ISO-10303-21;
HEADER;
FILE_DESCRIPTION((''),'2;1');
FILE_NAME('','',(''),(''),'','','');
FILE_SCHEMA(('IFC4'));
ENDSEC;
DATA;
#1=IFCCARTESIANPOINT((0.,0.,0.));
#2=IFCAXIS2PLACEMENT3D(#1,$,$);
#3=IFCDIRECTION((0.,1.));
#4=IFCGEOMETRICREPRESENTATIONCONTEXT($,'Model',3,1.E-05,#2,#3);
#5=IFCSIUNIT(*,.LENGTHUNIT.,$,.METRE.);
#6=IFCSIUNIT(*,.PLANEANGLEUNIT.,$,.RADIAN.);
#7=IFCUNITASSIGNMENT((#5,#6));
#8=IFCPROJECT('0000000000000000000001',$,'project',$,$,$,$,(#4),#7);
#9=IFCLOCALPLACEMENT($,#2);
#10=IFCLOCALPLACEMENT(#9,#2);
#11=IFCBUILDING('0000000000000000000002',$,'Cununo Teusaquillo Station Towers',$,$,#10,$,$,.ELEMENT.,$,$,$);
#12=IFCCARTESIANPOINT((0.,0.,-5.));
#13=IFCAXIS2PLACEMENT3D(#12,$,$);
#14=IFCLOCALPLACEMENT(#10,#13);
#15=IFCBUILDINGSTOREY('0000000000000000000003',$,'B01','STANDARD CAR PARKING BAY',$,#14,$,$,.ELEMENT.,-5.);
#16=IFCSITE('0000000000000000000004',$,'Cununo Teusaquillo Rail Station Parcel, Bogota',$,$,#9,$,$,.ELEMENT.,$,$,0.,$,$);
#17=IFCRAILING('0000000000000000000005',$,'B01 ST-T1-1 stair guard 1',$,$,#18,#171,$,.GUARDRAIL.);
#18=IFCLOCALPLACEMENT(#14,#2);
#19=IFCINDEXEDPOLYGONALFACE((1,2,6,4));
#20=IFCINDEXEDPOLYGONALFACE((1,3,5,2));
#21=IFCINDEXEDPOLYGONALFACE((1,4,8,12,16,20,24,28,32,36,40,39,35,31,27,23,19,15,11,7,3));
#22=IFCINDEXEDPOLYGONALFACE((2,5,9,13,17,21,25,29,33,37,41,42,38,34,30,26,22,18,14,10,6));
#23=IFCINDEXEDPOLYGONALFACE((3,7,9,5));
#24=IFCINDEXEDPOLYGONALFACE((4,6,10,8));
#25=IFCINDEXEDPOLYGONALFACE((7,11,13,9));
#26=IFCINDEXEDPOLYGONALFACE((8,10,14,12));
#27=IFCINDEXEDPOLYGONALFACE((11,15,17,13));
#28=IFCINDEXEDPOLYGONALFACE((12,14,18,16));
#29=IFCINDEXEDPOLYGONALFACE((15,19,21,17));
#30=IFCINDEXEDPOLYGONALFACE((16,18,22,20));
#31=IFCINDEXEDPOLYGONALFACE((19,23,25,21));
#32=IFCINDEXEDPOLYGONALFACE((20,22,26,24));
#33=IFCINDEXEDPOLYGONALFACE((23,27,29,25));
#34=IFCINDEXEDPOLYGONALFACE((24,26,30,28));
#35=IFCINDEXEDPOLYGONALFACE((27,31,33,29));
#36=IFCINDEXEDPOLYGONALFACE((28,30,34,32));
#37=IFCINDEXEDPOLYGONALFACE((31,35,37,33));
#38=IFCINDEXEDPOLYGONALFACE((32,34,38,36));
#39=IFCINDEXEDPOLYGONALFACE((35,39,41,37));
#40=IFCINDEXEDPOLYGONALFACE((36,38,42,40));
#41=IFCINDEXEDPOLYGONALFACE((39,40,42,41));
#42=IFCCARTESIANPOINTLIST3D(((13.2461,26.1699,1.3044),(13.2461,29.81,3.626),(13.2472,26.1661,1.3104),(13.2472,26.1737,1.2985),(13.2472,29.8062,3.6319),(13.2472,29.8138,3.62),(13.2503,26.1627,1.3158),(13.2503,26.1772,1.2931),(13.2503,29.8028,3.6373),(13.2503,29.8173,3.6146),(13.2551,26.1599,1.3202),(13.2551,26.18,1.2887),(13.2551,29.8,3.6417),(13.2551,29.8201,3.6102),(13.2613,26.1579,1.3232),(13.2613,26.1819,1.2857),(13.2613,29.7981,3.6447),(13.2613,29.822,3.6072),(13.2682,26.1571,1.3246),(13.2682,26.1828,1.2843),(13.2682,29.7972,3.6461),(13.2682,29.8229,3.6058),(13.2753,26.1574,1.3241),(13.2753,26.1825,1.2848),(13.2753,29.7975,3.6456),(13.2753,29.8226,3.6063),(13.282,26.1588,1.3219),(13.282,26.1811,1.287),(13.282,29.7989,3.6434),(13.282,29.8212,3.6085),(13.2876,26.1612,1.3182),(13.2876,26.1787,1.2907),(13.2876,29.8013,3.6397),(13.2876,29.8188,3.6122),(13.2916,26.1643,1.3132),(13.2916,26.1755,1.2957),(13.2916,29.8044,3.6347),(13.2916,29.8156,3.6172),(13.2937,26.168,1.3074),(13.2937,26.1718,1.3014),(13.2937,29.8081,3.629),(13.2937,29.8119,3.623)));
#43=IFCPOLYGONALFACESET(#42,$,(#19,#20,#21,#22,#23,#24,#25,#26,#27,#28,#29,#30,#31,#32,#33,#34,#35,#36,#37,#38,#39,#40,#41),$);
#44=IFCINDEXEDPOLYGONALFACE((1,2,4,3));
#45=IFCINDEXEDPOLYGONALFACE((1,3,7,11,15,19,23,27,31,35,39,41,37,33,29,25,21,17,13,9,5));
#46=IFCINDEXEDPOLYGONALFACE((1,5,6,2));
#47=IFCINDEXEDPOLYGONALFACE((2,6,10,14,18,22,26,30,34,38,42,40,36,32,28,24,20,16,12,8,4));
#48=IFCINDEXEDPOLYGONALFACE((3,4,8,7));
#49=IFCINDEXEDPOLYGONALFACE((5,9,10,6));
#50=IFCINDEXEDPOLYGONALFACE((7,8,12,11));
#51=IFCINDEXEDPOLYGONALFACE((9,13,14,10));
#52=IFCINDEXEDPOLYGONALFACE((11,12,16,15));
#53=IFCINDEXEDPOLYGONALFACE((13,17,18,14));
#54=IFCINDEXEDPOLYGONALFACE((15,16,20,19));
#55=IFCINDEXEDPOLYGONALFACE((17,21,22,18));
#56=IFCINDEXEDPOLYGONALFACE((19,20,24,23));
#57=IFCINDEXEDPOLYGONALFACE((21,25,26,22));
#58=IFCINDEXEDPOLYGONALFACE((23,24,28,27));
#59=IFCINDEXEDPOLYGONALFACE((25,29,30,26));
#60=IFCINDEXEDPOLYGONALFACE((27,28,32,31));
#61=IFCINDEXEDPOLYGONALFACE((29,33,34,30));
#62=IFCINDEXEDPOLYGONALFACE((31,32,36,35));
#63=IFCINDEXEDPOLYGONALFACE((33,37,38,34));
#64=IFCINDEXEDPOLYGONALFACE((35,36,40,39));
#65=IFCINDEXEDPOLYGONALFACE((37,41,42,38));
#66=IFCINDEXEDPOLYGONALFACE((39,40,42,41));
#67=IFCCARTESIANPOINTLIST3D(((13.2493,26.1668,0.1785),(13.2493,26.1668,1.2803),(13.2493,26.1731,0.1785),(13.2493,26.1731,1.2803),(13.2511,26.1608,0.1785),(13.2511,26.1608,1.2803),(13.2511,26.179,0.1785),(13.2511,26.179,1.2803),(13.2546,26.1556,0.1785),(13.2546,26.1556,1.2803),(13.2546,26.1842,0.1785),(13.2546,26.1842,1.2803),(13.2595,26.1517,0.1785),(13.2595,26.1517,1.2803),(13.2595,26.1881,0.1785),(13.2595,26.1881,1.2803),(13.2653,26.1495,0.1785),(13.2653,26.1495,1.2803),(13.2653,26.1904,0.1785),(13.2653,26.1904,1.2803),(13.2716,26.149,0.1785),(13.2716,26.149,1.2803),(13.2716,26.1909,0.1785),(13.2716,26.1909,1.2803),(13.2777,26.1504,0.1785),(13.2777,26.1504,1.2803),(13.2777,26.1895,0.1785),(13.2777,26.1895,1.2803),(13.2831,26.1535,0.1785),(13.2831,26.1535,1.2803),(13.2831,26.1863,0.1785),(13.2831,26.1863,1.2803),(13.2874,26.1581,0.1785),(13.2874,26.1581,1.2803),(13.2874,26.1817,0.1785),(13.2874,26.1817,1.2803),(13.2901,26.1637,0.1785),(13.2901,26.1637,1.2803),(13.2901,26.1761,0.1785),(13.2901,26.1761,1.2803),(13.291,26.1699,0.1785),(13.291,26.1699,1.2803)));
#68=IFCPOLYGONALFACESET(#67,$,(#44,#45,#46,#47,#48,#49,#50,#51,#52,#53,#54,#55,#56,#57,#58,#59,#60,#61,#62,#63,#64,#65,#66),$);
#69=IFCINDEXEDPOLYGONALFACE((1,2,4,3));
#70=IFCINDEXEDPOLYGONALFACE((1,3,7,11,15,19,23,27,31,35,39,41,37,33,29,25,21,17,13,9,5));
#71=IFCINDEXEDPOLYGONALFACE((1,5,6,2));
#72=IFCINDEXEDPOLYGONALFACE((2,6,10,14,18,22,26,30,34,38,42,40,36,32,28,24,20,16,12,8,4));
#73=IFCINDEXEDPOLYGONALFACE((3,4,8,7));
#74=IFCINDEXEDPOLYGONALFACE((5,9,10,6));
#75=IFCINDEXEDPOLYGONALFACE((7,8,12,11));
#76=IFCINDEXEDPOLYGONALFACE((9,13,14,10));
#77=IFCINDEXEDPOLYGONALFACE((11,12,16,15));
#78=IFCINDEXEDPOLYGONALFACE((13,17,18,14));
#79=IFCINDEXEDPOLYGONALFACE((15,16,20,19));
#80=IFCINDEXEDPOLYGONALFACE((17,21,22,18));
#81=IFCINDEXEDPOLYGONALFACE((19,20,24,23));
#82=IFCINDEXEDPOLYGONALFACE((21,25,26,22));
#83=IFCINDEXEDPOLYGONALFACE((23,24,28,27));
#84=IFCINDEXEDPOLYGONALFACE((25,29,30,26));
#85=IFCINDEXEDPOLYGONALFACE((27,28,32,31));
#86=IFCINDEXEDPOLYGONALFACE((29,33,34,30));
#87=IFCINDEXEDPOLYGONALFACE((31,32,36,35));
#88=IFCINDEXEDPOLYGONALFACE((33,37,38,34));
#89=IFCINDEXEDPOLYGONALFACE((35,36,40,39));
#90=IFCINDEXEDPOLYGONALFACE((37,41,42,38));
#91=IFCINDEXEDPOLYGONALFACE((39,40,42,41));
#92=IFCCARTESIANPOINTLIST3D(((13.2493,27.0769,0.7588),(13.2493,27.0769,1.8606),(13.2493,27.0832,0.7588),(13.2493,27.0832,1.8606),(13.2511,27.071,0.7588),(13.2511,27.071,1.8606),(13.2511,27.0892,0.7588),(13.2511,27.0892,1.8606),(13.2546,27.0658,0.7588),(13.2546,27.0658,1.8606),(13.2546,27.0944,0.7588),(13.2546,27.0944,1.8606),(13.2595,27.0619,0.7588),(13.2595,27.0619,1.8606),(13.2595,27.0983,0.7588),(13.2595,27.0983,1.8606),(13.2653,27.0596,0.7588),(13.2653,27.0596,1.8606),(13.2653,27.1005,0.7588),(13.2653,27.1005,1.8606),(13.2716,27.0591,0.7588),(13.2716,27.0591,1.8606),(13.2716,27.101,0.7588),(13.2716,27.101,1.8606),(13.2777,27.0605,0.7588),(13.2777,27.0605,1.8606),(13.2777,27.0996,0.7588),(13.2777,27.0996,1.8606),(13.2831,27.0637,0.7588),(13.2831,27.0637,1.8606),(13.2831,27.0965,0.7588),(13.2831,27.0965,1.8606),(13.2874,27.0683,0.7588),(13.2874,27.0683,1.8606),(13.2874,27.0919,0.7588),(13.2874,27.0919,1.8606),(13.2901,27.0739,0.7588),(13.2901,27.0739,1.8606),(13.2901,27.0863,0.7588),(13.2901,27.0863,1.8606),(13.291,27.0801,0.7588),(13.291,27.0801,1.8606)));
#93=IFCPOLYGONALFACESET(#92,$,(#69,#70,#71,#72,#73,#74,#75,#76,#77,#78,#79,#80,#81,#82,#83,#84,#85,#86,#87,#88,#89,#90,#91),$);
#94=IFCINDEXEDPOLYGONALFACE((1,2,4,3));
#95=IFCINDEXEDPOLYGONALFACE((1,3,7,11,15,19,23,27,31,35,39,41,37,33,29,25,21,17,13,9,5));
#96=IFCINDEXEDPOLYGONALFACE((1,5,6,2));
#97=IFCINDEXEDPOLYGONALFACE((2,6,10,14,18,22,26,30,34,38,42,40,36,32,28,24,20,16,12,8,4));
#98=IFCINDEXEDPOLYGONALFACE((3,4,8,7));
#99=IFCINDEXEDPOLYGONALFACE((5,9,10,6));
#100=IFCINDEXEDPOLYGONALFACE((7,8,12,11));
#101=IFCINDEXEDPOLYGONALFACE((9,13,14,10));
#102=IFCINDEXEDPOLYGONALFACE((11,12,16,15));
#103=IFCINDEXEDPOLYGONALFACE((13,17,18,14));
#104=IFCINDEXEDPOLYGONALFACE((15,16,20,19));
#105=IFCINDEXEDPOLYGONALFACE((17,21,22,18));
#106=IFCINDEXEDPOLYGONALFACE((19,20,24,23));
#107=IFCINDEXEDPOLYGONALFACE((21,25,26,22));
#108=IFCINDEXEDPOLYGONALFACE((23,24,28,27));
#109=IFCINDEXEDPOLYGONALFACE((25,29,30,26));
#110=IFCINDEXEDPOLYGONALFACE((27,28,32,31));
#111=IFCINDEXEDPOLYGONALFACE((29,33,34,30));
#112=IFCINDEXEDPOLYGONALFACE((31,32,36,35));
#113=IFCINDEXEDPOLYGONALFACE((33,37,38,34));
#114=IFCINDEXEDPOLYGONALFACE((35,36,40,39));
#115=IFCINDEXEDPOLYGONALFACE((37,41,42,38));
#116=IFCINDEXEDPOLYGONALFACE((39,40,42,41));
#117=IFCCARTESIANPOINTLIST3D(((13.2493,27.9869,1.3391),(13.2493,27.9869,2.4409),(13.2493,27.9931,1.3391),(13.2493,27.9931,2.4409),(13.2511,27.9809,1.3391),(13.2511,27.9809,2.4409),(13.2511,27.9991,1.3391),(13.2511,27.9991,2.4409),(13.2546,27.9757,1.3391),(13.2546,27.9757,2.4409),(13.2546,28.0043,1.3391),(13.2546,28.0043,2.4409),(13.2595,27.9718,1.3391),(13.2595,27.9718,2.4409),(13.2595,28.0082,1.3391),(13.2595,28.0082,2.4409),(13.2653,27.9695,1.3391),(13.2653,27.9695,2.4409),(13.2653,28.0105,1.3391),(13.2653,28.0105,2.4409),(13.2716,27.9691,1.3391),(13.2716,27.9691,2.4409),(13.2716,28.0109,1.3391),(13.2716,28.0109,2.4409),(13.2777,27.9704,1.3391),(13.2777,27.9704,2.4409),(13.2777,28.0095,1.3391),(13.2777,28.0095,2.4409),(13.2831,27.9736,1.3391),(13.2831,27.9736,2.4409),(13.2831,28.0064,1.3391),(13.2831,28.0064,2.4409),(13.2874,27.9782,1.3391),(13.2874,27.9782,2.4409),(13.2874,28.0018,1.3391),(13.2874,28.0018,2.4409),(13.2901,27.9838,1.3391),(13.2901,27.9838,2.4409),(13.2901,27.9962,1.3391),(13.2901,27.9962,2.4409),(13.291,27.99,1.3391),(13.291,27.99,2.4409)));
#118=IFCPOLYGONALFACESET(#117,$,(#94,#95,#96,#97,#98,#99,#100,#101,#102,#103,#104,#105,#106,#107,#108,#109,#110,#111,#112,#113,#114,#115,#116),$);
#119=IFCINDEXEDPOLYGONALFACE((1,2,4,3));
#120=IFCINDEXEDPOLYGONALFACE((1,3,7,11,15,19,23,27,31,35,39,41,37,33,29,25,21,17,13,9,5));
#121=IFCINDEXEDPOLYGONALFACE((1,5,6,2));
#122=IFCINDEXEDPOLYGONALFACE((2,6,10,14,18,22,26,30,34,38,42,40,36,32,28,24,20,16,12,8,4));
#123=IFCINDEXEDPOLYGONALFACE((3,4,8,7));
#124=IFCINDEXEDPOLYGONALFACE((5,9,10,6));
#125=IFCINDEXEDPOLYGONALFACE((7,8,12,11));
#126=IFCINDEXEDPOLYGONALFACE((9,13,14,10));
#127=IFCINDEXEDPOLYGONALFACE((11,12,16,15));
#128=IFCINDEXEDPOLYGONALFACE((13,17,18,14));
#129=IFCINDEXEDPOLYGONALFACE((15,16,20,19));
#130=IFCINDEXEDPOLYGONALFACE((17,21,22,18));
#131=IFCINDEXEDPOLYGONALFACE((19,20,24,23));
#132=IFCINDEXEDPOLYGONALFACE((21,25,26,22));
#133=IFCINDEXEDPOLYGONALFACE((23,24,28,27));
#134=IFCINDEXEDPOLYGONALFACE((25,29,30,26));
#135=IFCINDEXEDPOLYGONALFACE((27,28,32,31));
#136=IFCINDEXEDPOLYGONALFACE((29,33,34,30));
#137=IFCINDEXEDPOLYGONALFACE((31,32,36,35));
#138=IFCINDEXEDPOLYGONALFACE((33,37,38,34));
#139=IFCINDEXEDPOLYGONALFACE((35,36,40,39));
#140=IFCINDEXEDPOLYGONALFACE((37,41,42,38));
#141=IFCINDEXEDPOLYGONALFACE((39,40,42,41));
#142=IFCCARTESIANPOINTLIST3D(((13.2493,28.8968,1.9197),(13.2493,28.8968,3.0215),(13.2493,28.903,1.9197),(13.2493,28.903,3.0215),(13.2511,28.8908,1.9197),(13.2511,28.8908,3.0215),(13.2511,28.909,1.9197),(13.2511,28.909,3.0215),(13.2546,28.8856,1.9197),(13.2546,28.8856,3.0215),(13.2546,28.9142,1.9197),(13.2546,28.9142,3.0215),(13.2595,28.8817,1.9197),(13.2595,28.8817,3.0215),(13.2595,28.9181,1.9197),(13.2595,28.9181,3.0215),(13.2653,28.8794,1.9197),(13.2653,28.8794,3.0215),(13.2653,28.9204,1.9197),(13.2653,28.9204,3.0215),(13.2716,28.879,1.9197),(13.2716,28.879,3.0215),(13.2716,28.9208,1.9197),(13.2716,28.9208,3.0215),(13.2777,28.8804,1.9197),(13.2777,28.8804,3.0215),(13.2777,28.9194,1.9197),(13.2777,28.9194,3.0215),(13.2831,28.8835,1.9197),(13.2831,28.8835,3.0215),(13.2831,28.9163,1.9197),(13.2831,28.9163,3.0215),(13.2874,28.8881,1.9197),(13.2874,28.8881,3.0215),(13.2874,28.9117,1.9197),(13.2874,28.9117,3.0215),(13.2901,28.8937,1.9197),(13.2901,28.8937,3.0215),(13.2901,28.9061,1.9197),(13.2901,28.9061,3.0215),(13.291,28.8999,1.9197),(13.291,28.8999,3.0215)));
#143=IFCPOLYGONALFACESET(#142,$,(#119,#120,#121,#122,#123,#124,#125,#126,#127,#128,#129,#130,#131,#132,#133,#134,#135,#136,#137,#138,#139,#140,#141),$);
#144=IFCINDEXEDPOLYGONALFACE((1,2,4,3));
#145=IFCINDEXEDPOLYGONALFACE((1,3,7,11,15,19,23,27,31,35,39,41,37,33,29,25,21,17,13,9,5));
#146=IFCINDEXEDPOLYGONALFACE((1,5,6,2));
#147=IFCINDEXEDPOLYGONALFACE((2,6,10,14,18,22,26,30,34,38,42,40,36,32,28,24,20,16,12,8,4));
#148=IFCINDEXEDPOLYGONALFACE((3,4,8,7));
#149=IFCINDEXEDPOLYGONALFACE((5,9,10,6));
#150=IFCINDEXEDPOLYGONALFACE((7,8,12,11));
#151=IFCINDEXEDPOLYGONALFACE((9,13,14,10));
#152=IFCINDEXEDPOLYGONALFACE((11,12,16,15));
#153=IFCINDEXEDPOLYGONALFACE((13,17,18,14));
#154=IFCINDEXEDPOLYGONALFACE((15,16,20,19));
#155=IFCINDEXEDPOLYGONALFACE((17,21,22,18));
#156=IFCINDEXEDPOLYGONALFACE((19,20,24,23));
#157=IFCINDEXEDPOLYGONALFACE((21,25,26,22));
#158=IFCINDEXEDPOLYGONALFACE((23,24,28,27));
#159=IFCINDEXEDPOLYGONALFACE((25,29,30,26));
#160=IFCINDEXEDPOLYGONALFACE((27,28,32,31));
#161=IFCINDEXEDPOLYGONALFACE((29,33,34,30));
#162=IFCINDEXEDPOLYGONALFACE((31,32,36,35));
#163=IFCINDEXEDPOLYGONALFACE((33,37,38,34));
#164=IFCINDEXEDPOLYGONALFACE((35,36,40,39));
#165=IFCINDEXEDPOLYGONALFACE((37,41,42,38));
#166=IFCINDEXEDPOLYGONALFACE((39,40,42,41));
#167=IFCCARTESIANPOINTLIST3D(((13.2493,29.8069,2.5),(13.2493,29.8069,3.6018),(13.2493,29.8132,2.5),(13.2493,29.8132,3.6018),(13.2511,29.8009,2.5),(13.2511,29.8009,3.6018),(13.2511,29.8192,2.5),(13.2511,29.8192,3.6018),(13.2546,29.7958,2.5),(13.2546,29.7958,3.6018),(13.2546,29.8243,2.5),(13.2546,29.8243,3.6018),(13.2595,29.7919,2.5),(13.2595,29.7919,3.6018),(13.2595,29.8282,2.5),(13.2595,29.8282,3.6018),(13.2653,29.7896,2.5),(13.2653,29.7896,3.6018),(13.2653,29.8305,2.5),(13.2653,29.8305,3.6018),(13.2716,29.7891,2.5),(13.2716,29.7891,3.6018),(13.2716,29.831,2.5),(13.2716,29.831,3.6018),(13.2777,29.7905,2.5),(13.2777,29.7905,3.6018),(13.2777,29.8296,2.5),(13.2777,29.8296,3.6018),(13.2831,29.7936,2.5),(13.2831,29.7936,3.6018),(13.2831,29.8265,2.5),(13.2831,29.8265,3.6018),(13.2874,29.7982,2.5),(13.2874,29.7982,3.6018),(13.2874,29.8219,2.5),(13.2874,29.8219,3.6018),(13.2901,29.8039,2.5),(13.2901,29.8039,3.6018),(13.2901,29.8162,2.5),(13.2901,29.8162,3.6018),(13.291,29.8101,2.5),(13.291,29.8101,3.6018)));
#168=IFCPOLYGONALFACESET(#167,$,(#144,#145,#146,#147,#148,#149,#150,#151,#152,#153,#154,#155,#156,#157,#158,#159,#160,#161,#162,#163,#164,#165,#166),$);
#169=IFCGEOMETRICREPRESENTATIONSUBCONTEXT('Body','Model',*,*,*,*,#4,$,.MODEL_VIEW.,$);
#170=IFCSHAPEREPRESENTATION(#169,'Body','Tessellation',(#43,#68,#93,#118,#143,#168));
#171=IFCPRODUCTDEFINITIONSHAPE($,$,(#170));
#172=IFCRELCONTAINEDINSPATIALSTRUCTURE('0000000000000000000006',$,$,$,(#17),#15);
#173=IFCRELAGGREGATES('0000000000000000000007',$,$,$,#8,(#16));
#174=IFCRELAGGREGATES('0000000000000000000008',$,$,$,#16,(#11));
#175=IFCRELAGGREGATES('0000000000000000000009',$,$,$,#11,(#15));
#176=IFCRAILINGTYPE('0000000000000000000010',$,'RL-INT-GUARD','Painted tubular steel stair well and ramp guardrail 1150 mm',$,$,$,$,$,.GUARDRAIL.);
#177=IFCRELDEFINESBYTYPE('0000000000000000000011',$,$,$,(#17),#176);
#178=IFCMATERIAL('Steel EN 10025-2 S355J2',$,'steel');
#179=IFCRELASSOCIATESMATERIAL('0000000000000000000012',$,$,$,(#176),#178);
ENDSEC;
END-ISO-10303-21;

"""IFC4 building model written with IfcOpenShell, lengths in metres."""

from ifc_helpers import new_model, si_unit, direction, frame, origin, origin_2d, place, context, subcontext, project, spatial, circle, extrude, material, type_object, element, save


model = new_model("IFC4")

# Units and contexts
model_context = context("Model", 3, precision=1e-05, world=origin(), true_north=direction((0.0, 1.0)))
body_context = subcontext(model_context, "Body", "Model", "MODEL_VIEW")
ifc_project = project(units=[si_unit("LENGTHUNIT", "METRE"), si_unit("PLANEANGLEUNIT", "RADIAN")], contexts=[model_context])

# Site, building, storey
site_placement = place(None, origin())
site = spatial("IfcSite", under=ifc_project, at=site_placement, Name="Cununo Teusaquillo Rail Station Parcel, Bogota", CompositionType="ELEMENT", RefElevation=0.0)
building_placement = place(site_placement, origin())
building = spatial("IfcBuilding", under=site, at=building_placement, Name="Cununo Teusaquillo Station Towers", CompositionType="ELEMENT")
storey_placement = place(building_placement, frame((0.0, 0.0, -5.0)))
storey = spatial("IfcBuildingStorey", under=building, at=storey_placement, Name="B01", Description="STANDARD CAR PARKING BAY", CompositionType="ELEMENT", Elevation=-5.0)

# Railing
ifc_material_1 = material(Name="Steel EN 10025-2 S355J2", Category="steel")
railing_type_1 = type_object("IfcRailingType", Name="RL-INT-GUARD", Description="Painted tubular steel stair well and ramp guardrail 1150 mm", PredefinedType="GUARDRAIL", material=ifc_material_1)
railing_1_placement = place(storey_placement, frame((13.27, 26.1699, 0.1785)))
element("IfcRailing", 1, at=railing_1_placement, inside=storey, type_object=railing_type_1, Name="B01 ST-T1-1 stair guard 1", PredefinedType="GUARDRAIL", context=body_context, shape_type="SweptSolid", body=[
    extrude(circle(Radius=0.0239, at=origin_2d()), frame((0.0, 0.0, 1.126), z_axis=(0.0, 0.843128, 0.537713), x_axis=(-1.0, 0.0, 0.0)), (0.0, 0.0, 1.0), 4.3174),
    extrude(circle(Radius=0.021, at=origin_2d()), origin(), (0.0, 0.0, 1.0), 1.1018),
    extrude(circle(Radius=0.021, at=origin_2d()), frame((0.0, 0.9102, 0.5803)), (0.0, 0.0, 1.0), 1.1018),
    extrude(circle(Radius=0.021, at=origin_2d()), frame((0.0, 1.8201, 1.1606)), (0.0, 0.0, 1.0), 1.1018),
    extrude(circle(Radius=0.021, at=origin_2d()), frame((0.0, 2.73, 1.7412)), (0.0, 0.0, 1.0), 1.1018),
    extrude(circle(Radius=0.021, at=origin_2d()), frame((0.0, 3.6401, 2.3215)), (0.0, 0.0, 1.0), 1.1018),
])

save(model, "model.ifc")
